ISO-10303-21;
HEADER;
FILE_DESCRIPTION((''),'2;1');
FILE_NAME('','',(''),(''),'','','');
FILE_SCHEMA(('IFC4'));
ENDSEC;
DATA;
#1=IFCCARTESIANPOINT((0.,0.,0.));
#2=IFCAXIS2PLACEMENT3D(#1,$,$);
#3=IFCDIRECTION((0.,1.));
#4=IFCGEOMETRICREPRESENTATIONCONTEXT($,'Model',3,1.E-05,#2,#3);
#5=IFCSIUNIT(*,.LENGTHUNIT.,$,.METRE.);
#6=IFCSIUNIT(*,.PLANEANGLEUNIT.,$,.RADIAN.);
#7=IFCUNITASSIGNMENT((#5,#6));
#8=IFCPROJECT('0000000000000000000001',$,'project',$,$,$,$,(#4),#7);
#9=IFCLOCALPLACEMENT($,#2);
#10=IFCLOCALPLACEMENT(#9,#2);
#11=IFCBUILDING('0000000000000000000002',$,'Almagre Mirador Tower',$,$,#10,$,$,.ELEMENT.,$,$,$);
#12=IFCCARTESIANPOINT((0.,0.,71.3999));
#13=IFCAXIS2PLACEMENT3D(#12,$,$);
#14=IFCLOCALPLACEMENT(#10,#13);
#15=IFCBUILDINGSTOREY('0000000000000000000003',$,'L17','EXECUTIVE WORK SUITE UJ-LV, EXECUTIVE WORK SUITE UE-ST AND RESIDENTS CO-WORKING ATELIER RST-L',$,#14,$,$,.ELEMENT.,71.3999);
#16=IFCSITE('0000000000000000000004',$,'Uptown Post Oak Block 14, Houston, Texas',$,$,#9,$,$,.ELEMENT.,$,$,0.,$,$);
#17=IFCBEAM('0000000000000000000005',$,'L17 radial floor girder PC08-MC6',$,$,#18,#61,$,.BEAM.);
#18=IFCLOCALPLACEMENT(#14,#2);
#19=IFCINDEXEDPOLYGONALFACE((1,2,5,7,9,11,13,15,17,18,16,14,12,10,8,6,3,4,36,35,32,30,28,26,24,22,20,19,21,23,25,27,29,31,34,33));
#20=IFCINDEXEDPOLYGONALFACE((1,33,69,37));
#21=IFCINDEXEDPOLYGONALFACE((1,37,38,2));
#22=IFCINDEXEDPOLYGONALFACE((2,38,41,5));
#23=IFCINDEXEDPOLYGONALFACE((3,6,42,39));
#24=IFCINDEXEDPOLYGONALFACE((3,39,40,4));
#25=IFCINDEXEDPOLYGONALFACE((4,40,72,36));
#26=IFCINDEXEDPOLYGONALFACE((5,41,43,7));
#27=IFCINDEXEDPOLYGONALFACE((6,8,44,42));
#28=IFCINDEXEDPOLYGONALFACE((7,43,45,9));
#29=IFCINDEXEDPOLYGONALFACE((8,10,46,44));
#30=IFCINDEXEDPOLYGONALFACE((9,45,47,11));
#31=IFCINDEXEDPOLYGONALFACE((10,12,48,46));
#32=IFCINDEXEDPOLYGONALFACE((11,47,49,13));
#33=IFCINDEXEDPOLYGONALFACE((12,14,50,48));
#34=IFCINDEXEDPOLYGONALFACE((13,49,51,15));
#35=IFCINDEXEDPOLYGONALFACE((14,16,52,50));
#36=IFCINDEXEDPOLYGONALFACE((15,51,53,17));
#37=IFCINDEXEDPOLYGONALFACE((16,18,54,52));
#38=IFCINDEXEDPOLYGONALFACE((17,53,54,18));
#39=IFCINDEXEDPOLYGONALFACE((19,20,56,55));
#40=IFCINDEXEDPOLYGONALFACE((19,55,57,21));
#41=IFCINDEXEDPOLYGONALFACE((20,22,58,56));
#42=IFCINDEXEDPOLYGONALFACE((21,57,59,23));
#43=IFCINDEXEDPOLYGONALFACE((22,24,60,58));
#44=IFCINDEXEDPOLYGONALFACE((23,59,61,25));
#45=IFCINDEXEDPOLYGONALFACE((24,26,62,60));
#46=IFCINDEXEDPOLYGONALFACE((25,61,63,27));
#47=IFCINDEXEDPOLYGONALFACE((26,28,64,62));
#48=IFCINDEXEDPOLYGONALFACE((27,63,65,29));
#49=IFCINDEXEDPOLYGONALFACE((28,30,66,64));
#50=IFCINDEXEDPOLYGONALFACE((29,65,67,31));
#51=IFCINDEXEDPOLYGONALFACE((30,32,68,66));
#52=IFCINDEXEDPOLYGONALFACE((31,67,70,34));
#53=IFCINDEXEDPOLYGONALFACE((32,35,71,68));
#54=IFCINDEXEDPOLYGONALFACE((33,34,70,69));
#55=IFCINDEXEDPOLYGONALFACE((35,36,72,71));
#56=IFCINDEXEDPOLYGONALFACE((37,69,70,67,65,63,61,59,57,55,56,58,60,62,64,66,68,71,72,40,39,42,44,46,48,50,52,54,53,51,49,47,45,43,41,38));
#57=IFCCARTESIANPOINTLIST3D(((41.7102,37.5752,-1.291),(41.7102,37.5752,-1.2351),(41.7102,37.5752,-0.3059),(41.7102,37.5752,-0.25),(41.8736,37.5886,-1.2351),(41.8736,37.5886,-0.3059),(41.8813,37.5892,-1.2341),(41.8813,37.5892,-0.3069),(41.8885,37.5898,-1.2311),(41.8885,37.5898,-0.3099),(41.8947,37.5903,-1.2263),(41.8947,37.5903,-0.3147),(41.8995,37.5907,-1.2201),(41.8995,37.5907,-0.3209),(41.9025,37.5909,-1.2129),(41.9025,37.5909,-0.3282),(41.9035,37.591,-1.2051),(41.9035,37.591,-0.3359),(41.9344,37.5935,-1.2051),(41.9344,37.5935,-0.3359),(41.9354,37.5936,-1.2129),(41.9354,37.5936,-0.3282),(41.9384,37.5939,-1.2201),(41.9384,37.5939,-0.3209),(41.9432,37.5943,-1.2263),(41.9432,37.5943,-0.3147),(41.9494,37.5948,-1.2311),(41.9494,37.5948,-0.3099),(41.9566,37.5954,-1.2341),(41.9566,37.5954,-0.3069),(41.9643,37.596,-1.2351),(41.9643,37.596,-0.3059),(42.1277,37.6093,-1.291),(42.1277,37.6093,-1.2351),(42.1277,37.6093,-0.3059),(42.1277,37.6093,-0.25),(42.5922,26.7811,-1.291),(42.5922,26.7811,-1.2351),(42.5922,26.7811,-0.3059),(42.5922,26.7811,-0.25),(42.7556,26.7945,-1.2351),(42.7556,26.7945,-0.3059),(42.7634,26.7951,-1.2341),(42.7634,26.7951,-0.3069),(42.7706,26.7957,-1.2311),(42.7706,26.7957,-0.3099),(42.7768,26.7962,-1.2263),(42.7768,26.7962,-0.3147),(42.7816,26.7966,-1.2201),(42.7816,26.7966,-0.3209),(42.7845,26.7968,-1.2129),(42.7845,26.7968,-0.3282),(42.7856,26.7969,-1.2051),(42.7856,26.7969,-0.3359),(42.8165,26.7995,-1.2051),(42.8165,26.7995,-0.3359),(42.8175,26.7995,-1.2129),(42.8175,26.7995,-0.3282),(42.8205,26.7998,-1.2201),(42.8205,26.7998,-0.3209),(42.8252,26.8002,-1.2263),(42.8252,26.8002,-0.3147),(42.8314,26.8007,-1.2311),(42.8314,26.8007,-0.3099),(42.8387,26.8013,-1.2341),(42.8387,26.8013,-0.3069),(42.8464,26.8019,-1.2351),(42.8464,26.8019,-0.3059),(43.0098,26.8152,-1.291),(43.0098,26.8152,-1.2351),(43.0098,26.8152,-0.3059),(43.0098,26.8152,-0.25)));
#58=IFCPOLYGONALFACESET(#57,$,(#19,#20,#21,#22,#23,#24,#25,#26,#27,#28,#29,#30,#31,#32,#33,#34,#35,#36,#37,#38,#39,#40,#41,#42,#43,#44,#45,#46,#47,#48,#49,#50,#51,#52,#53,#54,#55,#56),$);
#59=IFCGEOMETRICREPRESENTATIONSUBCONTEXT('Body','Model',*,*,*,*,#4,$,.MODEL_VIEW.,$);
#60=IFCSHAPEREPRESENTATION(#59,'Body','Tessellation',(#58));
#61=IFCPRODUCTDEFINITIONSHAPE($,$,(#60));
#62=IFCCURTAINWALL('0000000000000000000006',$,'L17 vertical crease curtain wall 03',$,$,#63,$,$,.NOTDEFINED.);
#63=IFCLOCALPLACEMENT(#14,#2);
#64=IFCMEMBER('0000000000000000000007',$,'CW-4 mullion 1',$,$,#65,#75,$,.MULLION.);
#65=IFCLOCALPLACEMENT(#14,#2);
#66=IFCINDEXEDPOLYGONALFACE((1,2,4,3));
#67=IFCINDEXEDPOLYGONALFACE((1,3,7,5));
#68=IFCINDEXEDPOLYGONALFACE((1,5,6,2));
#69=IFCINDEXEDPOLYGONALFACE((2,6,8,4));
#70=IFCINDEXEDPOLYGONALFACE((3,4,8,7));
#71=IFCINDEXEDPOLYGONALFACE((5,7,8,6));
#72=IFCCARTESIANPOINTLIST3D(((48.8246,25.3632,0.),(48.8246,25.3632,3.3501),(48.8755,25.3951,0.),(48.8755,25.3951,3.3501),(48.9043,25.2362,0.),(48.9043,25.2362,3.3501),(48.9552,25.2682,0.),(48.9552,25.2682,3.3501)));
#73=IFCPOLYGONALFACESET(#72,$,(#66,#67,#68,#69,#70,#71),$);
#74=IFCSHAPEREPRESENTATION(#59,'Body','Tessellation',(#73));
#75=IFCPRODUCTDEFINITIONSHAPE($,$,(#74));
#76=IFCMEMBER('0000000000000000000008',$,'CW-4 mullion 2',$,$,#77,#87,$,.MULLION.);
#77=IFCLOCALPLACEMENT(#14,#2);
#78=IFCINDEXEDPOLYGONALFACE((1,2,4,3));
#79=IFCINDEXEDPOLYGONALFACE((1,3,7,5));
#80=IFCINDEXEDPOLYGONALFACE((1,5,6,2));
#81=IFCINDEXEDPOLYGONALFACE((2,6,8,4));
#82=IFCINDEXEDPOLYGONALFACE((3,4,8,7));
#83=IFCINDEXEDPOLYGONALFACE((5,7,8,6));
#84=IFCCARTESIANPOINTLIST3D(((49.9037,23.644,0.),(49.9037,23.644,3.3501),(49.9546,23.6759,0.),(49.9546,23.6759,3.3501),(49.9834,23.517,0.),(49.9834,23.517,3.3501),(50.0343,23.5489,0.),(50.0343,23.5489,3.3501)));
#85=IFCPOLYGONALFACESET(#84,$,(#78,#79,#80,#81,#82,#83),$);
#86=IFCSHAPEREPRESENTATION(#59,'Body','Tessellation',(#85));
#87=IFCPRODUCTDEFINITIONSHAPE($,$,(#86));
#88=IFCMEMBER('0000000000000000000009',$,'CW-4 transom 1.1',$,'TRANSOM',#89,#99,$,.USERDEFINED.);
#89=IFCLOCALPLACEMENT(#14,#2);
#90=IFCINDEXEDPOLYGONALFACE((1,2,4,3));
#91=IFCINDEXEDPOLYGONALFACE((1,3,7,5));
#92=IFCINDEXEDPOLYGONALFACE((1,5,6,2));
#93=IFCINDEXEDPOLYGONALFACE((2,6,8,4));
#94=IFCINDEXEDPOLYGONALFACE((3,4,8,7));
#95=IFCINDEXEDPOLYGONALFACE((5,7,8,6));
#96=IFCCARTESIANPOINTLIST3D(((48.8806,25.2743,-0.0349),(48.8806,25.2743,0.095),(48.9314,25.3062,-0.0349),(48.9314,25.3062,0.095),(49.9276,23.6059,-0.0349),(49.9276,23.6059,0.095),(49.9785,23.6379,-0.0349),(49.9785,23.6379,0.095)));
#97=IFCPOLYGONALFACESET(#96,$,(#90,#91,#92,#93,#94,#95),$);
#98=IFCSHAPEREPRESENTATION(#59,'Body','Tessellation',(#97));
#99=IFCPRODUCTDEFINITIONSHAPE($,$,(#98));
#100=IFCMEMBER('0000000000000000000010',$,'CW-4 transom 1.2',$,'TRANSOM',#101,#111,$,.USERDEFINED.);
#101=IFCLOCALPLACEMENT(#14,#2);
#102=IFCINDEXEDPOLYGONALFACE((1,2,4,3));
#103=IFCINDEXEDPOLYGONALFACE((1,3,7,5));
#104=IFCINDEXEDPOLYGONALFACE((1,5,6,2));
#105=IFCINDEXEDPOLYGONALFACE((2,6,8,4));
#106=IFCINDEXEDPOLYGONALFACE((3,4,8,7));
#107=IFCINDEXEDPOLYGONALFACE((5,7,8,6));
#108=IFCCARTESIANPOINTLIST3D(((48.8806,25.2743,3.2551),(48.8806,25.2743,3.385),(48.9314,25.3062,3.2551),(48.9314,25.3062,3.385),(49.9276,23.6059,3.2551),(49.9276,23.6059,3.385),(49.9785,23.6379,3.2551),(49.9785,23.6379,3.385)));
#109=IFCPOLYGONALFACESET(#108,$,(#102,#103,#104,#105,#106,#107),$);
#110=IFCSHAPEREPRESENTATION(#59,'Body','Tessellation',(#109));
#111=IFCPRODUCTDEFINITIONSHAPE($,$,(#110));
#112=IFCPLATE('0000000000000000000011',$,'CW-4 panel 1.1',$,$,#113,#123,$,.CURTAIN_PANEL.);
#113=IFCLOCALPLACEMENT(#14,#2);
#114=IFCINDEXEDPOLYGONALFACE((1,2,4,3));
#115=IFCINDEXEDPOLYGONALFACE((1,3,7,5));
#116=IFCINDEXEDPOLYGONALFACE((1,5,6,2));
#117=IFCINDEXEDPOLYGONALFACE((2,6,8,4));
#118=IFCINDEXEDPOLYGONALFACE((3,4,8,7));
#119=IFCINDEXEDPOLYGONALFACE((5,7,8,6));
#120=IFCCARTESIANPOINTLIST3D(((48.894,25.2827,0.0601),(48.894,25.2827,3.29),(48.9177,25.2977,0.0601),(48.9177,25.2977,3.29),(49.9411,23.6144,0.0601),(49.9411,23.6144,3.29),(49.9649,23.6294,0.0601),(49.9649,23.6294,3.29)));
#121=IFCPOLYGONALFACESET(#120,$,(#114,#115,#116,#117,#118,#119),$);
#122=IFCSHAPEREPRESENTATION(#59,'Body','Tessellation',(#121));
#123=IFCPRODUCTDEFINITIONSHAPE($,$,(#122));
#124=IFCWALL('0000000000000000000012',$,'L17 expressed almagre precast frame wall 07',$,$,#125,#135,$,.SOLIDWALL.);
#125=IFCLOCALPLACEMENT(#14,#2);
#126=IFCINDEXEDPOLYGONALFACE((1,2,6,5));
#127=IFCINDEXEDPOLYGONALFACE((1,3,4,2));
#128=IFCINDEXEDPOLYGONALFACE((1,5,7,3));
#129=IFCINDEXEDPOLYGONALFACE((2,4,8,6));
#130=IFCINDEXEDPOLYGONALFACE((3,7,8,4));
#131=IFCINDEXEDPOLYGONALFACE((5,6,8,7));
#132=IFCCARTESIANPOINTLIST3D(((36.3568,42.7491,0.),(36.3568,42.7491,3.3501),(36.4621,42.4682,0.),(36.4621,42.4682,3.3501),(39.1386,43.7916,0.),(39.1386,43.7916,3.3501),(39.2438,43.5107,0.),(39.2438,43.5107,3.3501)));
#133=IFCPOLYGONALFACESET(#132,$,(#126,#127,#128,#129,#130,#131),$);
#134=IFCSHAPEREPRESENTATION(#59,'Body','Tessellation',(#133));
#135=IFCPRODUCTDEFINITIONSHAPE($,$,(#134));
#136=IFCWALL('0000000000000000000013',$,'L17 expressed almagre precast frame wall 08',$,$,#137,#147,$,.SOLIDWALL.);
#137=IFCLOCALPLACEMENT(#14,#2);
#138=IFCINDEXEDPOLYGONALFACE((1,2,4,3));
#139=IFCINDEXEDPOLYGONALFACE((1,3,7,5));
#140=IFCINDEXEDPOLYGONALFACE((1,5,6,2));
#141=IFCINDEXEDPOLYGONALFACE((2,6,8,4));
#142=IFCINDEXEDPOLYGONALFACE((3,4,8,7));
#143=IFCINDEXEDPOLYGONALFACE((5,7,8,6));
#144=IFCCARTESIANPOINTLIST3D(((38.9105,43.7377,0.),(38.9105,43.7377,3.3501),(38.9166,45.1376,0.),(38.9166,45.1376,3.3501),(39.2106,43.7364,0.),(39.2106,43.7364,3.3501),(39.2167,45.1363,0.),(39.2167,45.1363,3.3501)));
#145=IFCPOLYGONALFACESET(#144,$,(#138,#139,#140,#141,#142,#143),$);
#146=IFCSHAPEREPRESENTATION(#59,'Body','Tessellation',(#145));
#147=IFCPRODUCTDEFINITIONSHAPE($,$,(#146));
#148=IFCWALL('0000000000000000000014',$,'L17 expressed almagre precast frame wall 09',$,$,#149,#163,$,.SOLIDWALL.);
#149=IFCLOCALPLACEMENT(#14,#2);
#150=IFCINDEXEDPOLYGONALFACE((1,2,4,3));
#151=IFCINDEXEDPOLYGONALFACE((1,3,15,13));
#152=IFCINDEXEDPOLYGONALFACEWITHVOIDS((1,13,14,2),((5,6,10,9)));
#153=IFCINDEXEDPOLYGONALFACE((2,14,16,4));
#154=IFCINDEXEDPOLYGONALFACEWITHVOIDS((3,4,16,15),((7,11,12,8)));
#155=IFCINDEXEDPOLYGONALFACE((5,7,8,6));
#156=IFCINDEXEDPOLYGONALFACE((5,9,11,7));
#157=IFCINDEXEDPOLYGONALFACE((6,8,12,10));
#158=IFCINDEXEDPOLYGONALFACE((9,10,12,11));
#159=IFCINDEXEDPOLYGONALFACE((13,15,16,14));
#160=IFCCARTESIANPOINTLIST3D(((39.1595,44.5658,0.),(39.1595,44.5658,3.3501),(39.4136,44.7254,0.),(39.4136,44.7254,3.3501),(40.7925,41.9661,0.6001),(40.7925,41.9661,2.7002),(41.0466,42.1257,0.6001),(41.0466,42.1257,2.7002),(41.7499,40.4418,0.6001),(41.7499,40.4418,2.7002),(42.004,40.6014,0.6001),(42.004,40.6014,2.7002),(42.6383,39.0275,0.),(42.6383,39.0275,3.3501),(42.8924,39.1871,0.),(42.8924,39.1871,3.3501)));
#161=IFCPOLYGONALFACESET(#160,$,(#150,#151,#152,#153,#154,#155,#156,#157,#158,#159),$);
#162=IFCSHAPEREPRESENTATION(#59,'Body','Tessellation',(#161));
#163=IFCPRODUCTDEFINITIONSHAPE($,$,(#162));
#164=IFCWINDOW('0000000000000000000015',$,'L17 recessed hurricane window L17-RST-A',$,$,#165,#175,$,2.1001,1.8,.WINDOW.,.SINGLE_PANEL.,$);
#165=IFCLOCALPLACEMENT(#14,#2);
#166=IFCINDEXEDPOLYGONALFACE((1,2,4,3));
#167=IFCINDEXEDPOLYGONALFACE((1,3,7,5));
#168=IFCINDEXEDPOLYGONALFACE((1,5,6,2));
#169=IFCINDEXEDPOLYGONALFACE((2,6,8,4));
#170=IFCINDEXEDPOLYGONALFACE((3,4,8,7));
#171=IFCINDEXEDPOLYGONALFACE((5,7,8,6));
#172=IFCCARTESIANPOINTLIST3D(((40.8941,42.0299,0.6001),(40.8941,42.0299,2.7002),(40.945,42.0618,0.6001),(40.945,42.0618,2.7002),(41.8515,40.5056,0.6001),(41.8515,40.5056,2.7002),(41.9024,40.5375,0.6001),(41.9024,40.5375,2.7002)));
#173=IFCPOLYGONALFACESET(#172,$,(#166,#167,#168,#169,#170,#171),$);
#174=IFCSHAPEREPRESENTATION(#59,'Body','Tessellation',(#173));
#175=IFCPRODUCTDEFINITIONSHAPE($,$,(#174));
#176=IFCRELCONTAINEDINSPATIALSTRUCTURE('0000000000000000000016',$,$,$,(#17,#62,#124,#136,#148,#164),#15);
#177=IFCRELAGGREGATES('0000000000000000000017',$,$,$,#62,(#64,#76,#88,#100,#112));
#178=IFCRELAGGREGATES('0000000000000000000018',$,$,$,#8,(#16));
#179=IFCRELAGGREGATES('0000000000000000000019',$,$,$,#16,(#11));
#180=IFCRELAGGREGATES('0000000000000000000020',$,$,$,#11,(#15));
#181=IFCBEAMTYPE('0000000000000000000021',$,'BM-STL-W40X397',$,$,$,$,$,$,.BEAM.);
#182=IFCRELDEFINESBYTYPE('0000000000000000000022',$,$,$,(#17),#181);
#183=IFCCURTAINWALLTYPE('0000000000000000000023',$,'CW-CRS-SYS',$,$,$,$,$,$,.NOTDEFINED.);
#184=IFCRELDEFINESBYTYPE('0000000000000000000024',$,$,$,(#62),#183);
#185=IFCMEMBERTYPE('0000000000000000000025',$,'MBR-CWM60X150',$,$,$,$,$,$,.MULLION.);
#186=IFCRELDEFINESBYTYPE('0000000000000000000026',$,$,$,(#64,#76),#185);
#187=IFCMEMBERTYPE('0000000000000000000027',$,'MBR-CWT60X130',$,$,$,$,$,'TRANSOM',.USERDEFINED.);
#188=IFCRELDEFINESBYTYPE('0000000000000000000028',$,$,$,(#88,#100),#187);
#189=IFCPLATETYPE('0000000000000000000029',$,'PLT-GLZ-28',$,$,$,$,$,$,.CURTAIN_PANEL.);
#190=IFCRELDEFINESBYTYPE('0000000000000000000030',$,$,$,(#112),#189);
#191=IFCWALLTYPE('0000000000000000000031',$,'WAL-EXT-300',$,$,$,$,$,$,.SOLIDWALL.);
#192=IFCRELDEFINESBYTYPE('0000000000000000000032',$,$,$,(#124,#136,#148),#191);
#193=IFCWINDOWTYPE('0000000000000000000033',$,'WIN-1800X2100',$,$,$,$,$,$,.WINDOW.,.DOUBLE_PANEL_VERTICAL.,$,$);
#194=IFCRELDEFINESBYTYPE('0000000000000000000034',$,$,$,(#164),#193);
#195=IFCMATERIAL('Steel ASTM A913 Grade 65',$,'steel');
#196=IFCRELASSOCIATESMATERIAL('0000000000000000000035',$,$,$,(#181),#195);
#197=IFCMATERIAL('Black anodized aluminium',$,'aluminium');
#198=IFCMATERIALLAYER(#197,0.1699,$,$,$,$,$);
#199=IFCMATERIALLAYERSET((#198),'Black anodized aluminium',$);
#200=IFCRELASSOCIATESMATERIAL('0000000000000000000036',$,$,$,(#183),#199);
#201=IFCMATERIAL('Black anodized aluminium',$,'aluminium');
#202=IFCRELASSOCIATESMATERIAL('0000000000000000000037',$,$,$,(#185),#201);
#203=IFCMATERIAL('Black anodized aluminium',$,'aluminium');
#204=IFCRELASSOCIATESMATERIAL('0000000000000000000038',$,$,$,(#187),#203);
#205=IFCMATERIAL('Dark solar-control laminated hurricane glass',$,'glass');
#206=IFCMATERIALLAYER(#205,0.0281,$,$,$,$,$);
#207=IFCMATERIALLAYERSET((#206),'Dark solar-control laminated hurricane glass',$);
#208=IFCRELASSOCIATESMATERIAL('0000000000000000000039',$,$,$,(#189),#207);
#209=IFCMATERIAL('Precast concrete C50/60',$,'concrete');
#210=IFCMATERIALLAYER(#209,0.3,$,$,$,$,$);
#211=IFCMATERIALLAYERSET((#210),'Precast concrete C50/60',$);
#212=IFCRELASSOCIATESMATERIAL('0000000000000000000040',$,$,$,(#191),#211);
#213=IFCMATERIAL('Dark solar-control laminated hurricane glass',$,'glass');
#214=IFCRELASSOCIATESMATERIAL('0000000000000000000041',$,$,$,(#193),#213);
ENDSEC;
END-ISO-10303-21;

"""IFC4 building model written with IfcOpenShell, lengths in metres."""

from ifc_helpers import new_model, si_unit, direction, frame, frame_2d, origin, origin_2d, place, context, subcontext, project, spatial, rectangle, i_section, extrude, material, layer, layer_set, material_profile, profile_set, type_object, element, fill, aggregate, save


model = new_model("IFC4")

# Units and contexts
model_context = context("Model", 3, precision=1e-05, world=origin(), true_north=direction((0.0, 1.0)))
body_context = subcontext(model_context, "Body", "Model", "MODEL_VIEW")
ifc_project = project(units=[si_unit("LENGTHUNIT", "METRE"), si_unit("PLANEANGLEUNIT", "RADIAN")], contexts=[model_context])

# Site, building, storey
site_placement = place(None, origin())
site = spatial("IfcSite", under=ifc_project, at=site_placement, Name="Uptown Post Oak Block 14, Houston, Texas", CompositionType="ELEMENT", RefElevation=0.0)
building_placement = place(site_placement, origin())
building = spatial("IfcBuilding", under=site, at=building_placement, Name="Almagre Mirador Tower", CompositionType="ELEMENT")
storey_placement = place(building_placement, frame((0.0, 0.0, 71.3999)))
storey = spatial("IfcBuildingStorey", under=building, at=storey_placement, Name="L17", Description="EXECUTIVE WORK SUITE UJ-LV, EXECUTIVE WORK SUITE UE-ST AND RESIDENTS CO-WORKING ATELIER RST-L", CompositionType="ELEMENT", Elevation=71.3999)

# Beam
ifc_material_1 = material(Name="Steel ASTM A913 Grade 65", Category="steel")
ifc_material_profile_1 = material_profile(ifc_material_1, i_section(OverallWidth=0.4189, OverallDepth=1.041, WebThickness=0.031, FlangeThickness=0.0559, FilletRadius=0.03, at=origin_2d()), Name="W40X397")
ifc_profile_set_1 = profile_set([ifc_material_profile_1], Name="Steel ASTM A913 Grade 65")
beam_type_1 = type_object("IfcBeamType", Name="BM-STL-W40X397", PredefinedType="BEAM", material=ifc_profile_set_1)
beam_1_placement = place(storey_placement, frame((41.9189, 37.5923, -0.7705), z_axis=(0.081447, -0.996678, 0.0), x_axis=(0.996678, 0.081447, 0.0)))
element("IfcBeam", 1, at=beam_1_placement, inside=storey, type_object=beam_type_1, Name="L17 radial floor girder PC08-MC6", PredefinedType="BEAM", context=body_context, shape_type="SweptSolid", body=[
    extrude(i_section(OverallWidth=0.4189, OverallDepth=1.041, WebThickness=0.031, FlangeThickness=0.0559, FilletRadius=0.03, at=origin_2d()), origin(), (0.0, 0.0, 1.0), 10.8301),
])

# Curtain wall, members, plate
ifc_material_2 = material(Name="Black anodized aluminium", Category="aluminium")
ifc_layer_1 = layer(ifc_material_2, 0.1699)
ifc_layer_set_1 = layer_set([ifc_layer_1], Name="Black anodized aluminium")
curtain_wall_type = type_object("IfcCurtainWallType", Name="CW-CRS-SYS", PredefinedType="NOTDEFINED", material=ifc_layer_set_1)
curtain_wall_placement = place(storey_placement, origin())
curtain_wall = element("IfcCurtainWall", 2, at=curtain_wall_placement, inside=storey, type_object=curtain_wall_type, Name="L17 vertical crease curtain wall 03", PredefinedType="NOTDEFINED")
ifc_material_3 = material(Name="Black anodized aluminium", Category="aluminium")
ifc_material_profile_2 = material_profile(ifc_material_3, rectangle(XDim=0.0601, YDim=0.1499, at=origin_2d()), Name="CWM60X150")
ifc_profile_set_2 = profile_set([ifc_material_profile_2], Name="Black anodized aluminium")
member_type_1 = type_object("IfcMemberType", Name="MBR-CWM60X150", PredefinedType="MULLION", material=ifc_profile_set_2)
member_1_placement = place(storey_placement, frame((48.8899, 25.3157, 0.0), z_axis=(0.0, 0.0, 1.0), x_axis=(0.846975, 0.531632, 0.0)))
member_1 = element("IfcMember", 3, at=member_1_placement, type_object=member_type_1, Name="CW-4 mullion 1", PredefinedType="MULLION", context=body_context, shape_type="SweptSolid", body=[
    extrude(rectangle(XDim=0.0601, YDim=0.1499, at=origin_2d()), origin(), (0.0, 0.0, 1.0), 3.3501),
])
member_2_placement = place(storey_placement, frame((49.969, 23.5964, 0.0), z_axis=(0.0, 0.0, 1.0), x_axis=(0.846975, 0.531632, 0.0)))
member_2 = element("IfcMember", 4, at=member_2_placement, type_object=member_type_1, Name="CW-4 mullion 2", PredefinedType="MULLION", context=body_context, shape_type="SweptSolid", body=[
    extrude(rectangle(XDim=0.0601, YDim=0.1499, at=origin_2d()), origin(), (0.0, 0.0, 1.0), 3.3501),
])
ifc_material_4 = material(Name="Black anodized aluminium", Category="aluminium")
ifc_material_profile_3 = material_profile(ifc_material_4, rectangle(XDim=0.0601, YDim=0.1299, at=origin_2d()), Name="CWT60X130")
ifc_profile_set_3 = profile_set([ifc_material_profile_3], Name="Black anodized aluminium")
member_type_2 = type_object("IfcMemberType", Name="MBR-CWT60X130", ElementType="TRANSOM", PredefinedType="USERDEFINED", material=ifc_profile_set_3)
member_3_placement = place(storey_placement, frame((48.906, 25.2903, 0.03), z_axis=(0.53158, -0.847008, 0.0), x_axis=(0.847008, 0.53158, 0.0)))
member_3 = element("IfcMember", 5, at=member_3_placement, type_object=member_type_2, Name="CW-4 transom 1.1", ObjectType="TRANSOM", PredefinedType="USERDEFINED", context=body_context, shape_type="SweptSolid", body=[
    extrude(rectangle(XDim=0.0601, YDim=0.1299, at=origin_2d()), origin(), (0.0, 0.0, 1.0), 1.9697),
])
member_4_placement = place(storey_placement, frame((48.906, 25.2903, 3.3201), z_axis=(0.53158, -0.847008, 0.0), x_axis=(0.847008, 0.53158, 0.0)))
member_4 = element("IfcMember", 6, at=member_4_placement, type_object=member_type_2, Name="CW-4 transom 1.2", ObjectType="TRANSOM", PredefinedType="USERDEFINED", context=body_context, shape_type="SweptSolid", body=[
    extrude(rectangle(XDim=0.0601, YDim=0.1299, at=origin_2d()), origin(), (0.0, 0.0, 1.0), 1.9697),
])
ifc_material_5 = material(Name="Dark solar-control laminated hurricane glass", Category="glass")
ifc_layer_2 = layer(ifc_material_5, 0.0281)
ifc_layer_set_2 = layer_set([ifc_layer_2], Name="Dark solar-control laminated hurricane glass")
plate_type = type_object("IfcPlateType", Name="PLT-GLZ-28", PredefinedType="CURTAIN_PANEL", material=ifc_layer_set_2)
plate_placement = place(storey_placement, frame((49.4294, 24.4561, 0.0601), z_axis=(0.0, 0.0, 1.0), x_axis=(0.531632, -0.846975, 0.0)))
plate = element("IfcPlate", 7, at=plate_placement, type_object=plate_type, Name="CW-4 panel 1.1", PredefinedType="CURTAIN_PANEL", context=body_context, shape_type="SweptSolid", body=[
    extrude(rectangle(XDim=1.9697, YDim=0.0281, at=origin_2d()), origin(), (0.0, 0.0, 1.0), 3.23),
])
aggregate(curtain_wall, [member_1, member_2, member_3, member_4, plate])

# Walls
ifc_material_6 = material(Name="Precast concrete C50/60", Category="concrete")
ifc_layer_3 = layer(ifc_material_6, 0.3)
ifc_layer_set_3 = layer_set([ifc_layer_3], Name="Precast concrete C50/60")
wall_type_1 = type_object("IfcWallType", Name="WAL-EXT-300", PredefinedType="SOLIDWALL", material=ifc_layer_set_3)
wall_1_placement = place(storey_placement, frame((36.4094, 42.6086, 0.0), z_axis=(0.0, 0.0, 1.0), x_axis=(0.936403, 0.350925, 0.0)))
element("IfcWall", 8, at=wall_1_placement, inside=storey, type_object=wall_type_1, Name="L17 expressed almagre precast frame wall 07", PredefinedType="SOLIDWALL", context=body_context, shape_type="SweptSolid", body=[
    extrude(rectangle(XDim=2.9707, YDim=0.3, at=frame_2d((1.4854, 0.0))), origin(), (0.0, 0.0, 1.0), 3.3501),
])
wall_2_placement = place(storey_placement, frame((39.0605, 43.7371, 0.0), z_axis=(0.0, 0.0, 1.0), x_axis=(0.00436, 0.99999, 0.0)))
element("IfcWall", 9, at=wall_2_placement, inside=storey, type_object=wall_type_1, Name="L17 expressed almagre precast frame wall 08", PredefinedType="SOLIDWALL", context=body_context, shape_type="SweptSolid", body=[
    extrude(rectangle(XDim=1.3999, YDim=0.3, at=frame_2d((0.7, 0.0))), origin(), (0.0, 0.0, 1.0), 3.3501),
])

# Wall, opening, window
wall_3_placement = place(storey_placement, frame((39.2866, 44.6455, 0.0), z_axis=(0.0, 0.0, 1.0), x_axis=(0.5319, -0.846807, 0.0)))
wall_3 = element("IfcWall", 10, at=wall_3_placement, inside=storey, type_object=wall_type_1, Name="L17 expressed almagre precast frame wall 09", PredefinedType="SOLIDWALL", context=body_context, shape_type="SweptSolid", body=[
    extrude(rectangle(XDim=6.5403, YDim=0.3, at=frame_2d((3.27, 0.0))), origin(), (0.0, 0.0, 1.0), 3.3501),
])
opening_1_placement = place(wall_3_placement, frame((3.0701, 0.0, 0.6001)))
opening_1 = element("IfcOpeningElement", 11, at=opening_1_placement, cuts=wall_3, PredefinedType="OPENING", context=body_context, shape_type="SweptSolid", body=[
    extrude(rectangle(XDim=1.8, YDim=2.1001, at=frame_2d((0.8999, 1.05))), frame((0.0, 0.1599, 0.0), z_axis=(0.0, -1.0, 0.0), x_axis=(1.0, 0.0, 0.0)), (0.0, 0.0, 1.0), 0.32),
])
ifc_material_7 = material(Name="Dark solar-control laminated hurricane glass", Category="glass")
window_type_1 = type_object("IfcWindowType", Name="WIN-1800X2100", PartitioningType="DOUBLE_PANEL_VERTICAL", PredefinedType="WINDOW", material=ifc_material_7)
window_1_placement = place(opening_1_placement, origin())
window_1 = element("IfcWindow", 12, at=window_1_placement, inside=storey, type_object=window_type_1, Name="L17 recessed hurricane window L17-RST-A", OverallHeight=2.1001, OverallWidth=1.8, PartitioningType="SINGLE_PANEL", PredefinedType="WINDOW", context=body_context, shape_type="SweptSolid", body=[
    extrude(rectangle(XDim=1.8, YDim=2.1001, at=frame_2d((0.8999, 1.05))), frame((0.0, 0.03, 0.0), z_axis=(0.0, -1.0, 0.0), x_axis=(1.0, 0.0, 0.0)), (0.0, 0.0, 1.0), 0.0601),
])
fill(opening_1, window_1)

save(model, "model.ifc")
